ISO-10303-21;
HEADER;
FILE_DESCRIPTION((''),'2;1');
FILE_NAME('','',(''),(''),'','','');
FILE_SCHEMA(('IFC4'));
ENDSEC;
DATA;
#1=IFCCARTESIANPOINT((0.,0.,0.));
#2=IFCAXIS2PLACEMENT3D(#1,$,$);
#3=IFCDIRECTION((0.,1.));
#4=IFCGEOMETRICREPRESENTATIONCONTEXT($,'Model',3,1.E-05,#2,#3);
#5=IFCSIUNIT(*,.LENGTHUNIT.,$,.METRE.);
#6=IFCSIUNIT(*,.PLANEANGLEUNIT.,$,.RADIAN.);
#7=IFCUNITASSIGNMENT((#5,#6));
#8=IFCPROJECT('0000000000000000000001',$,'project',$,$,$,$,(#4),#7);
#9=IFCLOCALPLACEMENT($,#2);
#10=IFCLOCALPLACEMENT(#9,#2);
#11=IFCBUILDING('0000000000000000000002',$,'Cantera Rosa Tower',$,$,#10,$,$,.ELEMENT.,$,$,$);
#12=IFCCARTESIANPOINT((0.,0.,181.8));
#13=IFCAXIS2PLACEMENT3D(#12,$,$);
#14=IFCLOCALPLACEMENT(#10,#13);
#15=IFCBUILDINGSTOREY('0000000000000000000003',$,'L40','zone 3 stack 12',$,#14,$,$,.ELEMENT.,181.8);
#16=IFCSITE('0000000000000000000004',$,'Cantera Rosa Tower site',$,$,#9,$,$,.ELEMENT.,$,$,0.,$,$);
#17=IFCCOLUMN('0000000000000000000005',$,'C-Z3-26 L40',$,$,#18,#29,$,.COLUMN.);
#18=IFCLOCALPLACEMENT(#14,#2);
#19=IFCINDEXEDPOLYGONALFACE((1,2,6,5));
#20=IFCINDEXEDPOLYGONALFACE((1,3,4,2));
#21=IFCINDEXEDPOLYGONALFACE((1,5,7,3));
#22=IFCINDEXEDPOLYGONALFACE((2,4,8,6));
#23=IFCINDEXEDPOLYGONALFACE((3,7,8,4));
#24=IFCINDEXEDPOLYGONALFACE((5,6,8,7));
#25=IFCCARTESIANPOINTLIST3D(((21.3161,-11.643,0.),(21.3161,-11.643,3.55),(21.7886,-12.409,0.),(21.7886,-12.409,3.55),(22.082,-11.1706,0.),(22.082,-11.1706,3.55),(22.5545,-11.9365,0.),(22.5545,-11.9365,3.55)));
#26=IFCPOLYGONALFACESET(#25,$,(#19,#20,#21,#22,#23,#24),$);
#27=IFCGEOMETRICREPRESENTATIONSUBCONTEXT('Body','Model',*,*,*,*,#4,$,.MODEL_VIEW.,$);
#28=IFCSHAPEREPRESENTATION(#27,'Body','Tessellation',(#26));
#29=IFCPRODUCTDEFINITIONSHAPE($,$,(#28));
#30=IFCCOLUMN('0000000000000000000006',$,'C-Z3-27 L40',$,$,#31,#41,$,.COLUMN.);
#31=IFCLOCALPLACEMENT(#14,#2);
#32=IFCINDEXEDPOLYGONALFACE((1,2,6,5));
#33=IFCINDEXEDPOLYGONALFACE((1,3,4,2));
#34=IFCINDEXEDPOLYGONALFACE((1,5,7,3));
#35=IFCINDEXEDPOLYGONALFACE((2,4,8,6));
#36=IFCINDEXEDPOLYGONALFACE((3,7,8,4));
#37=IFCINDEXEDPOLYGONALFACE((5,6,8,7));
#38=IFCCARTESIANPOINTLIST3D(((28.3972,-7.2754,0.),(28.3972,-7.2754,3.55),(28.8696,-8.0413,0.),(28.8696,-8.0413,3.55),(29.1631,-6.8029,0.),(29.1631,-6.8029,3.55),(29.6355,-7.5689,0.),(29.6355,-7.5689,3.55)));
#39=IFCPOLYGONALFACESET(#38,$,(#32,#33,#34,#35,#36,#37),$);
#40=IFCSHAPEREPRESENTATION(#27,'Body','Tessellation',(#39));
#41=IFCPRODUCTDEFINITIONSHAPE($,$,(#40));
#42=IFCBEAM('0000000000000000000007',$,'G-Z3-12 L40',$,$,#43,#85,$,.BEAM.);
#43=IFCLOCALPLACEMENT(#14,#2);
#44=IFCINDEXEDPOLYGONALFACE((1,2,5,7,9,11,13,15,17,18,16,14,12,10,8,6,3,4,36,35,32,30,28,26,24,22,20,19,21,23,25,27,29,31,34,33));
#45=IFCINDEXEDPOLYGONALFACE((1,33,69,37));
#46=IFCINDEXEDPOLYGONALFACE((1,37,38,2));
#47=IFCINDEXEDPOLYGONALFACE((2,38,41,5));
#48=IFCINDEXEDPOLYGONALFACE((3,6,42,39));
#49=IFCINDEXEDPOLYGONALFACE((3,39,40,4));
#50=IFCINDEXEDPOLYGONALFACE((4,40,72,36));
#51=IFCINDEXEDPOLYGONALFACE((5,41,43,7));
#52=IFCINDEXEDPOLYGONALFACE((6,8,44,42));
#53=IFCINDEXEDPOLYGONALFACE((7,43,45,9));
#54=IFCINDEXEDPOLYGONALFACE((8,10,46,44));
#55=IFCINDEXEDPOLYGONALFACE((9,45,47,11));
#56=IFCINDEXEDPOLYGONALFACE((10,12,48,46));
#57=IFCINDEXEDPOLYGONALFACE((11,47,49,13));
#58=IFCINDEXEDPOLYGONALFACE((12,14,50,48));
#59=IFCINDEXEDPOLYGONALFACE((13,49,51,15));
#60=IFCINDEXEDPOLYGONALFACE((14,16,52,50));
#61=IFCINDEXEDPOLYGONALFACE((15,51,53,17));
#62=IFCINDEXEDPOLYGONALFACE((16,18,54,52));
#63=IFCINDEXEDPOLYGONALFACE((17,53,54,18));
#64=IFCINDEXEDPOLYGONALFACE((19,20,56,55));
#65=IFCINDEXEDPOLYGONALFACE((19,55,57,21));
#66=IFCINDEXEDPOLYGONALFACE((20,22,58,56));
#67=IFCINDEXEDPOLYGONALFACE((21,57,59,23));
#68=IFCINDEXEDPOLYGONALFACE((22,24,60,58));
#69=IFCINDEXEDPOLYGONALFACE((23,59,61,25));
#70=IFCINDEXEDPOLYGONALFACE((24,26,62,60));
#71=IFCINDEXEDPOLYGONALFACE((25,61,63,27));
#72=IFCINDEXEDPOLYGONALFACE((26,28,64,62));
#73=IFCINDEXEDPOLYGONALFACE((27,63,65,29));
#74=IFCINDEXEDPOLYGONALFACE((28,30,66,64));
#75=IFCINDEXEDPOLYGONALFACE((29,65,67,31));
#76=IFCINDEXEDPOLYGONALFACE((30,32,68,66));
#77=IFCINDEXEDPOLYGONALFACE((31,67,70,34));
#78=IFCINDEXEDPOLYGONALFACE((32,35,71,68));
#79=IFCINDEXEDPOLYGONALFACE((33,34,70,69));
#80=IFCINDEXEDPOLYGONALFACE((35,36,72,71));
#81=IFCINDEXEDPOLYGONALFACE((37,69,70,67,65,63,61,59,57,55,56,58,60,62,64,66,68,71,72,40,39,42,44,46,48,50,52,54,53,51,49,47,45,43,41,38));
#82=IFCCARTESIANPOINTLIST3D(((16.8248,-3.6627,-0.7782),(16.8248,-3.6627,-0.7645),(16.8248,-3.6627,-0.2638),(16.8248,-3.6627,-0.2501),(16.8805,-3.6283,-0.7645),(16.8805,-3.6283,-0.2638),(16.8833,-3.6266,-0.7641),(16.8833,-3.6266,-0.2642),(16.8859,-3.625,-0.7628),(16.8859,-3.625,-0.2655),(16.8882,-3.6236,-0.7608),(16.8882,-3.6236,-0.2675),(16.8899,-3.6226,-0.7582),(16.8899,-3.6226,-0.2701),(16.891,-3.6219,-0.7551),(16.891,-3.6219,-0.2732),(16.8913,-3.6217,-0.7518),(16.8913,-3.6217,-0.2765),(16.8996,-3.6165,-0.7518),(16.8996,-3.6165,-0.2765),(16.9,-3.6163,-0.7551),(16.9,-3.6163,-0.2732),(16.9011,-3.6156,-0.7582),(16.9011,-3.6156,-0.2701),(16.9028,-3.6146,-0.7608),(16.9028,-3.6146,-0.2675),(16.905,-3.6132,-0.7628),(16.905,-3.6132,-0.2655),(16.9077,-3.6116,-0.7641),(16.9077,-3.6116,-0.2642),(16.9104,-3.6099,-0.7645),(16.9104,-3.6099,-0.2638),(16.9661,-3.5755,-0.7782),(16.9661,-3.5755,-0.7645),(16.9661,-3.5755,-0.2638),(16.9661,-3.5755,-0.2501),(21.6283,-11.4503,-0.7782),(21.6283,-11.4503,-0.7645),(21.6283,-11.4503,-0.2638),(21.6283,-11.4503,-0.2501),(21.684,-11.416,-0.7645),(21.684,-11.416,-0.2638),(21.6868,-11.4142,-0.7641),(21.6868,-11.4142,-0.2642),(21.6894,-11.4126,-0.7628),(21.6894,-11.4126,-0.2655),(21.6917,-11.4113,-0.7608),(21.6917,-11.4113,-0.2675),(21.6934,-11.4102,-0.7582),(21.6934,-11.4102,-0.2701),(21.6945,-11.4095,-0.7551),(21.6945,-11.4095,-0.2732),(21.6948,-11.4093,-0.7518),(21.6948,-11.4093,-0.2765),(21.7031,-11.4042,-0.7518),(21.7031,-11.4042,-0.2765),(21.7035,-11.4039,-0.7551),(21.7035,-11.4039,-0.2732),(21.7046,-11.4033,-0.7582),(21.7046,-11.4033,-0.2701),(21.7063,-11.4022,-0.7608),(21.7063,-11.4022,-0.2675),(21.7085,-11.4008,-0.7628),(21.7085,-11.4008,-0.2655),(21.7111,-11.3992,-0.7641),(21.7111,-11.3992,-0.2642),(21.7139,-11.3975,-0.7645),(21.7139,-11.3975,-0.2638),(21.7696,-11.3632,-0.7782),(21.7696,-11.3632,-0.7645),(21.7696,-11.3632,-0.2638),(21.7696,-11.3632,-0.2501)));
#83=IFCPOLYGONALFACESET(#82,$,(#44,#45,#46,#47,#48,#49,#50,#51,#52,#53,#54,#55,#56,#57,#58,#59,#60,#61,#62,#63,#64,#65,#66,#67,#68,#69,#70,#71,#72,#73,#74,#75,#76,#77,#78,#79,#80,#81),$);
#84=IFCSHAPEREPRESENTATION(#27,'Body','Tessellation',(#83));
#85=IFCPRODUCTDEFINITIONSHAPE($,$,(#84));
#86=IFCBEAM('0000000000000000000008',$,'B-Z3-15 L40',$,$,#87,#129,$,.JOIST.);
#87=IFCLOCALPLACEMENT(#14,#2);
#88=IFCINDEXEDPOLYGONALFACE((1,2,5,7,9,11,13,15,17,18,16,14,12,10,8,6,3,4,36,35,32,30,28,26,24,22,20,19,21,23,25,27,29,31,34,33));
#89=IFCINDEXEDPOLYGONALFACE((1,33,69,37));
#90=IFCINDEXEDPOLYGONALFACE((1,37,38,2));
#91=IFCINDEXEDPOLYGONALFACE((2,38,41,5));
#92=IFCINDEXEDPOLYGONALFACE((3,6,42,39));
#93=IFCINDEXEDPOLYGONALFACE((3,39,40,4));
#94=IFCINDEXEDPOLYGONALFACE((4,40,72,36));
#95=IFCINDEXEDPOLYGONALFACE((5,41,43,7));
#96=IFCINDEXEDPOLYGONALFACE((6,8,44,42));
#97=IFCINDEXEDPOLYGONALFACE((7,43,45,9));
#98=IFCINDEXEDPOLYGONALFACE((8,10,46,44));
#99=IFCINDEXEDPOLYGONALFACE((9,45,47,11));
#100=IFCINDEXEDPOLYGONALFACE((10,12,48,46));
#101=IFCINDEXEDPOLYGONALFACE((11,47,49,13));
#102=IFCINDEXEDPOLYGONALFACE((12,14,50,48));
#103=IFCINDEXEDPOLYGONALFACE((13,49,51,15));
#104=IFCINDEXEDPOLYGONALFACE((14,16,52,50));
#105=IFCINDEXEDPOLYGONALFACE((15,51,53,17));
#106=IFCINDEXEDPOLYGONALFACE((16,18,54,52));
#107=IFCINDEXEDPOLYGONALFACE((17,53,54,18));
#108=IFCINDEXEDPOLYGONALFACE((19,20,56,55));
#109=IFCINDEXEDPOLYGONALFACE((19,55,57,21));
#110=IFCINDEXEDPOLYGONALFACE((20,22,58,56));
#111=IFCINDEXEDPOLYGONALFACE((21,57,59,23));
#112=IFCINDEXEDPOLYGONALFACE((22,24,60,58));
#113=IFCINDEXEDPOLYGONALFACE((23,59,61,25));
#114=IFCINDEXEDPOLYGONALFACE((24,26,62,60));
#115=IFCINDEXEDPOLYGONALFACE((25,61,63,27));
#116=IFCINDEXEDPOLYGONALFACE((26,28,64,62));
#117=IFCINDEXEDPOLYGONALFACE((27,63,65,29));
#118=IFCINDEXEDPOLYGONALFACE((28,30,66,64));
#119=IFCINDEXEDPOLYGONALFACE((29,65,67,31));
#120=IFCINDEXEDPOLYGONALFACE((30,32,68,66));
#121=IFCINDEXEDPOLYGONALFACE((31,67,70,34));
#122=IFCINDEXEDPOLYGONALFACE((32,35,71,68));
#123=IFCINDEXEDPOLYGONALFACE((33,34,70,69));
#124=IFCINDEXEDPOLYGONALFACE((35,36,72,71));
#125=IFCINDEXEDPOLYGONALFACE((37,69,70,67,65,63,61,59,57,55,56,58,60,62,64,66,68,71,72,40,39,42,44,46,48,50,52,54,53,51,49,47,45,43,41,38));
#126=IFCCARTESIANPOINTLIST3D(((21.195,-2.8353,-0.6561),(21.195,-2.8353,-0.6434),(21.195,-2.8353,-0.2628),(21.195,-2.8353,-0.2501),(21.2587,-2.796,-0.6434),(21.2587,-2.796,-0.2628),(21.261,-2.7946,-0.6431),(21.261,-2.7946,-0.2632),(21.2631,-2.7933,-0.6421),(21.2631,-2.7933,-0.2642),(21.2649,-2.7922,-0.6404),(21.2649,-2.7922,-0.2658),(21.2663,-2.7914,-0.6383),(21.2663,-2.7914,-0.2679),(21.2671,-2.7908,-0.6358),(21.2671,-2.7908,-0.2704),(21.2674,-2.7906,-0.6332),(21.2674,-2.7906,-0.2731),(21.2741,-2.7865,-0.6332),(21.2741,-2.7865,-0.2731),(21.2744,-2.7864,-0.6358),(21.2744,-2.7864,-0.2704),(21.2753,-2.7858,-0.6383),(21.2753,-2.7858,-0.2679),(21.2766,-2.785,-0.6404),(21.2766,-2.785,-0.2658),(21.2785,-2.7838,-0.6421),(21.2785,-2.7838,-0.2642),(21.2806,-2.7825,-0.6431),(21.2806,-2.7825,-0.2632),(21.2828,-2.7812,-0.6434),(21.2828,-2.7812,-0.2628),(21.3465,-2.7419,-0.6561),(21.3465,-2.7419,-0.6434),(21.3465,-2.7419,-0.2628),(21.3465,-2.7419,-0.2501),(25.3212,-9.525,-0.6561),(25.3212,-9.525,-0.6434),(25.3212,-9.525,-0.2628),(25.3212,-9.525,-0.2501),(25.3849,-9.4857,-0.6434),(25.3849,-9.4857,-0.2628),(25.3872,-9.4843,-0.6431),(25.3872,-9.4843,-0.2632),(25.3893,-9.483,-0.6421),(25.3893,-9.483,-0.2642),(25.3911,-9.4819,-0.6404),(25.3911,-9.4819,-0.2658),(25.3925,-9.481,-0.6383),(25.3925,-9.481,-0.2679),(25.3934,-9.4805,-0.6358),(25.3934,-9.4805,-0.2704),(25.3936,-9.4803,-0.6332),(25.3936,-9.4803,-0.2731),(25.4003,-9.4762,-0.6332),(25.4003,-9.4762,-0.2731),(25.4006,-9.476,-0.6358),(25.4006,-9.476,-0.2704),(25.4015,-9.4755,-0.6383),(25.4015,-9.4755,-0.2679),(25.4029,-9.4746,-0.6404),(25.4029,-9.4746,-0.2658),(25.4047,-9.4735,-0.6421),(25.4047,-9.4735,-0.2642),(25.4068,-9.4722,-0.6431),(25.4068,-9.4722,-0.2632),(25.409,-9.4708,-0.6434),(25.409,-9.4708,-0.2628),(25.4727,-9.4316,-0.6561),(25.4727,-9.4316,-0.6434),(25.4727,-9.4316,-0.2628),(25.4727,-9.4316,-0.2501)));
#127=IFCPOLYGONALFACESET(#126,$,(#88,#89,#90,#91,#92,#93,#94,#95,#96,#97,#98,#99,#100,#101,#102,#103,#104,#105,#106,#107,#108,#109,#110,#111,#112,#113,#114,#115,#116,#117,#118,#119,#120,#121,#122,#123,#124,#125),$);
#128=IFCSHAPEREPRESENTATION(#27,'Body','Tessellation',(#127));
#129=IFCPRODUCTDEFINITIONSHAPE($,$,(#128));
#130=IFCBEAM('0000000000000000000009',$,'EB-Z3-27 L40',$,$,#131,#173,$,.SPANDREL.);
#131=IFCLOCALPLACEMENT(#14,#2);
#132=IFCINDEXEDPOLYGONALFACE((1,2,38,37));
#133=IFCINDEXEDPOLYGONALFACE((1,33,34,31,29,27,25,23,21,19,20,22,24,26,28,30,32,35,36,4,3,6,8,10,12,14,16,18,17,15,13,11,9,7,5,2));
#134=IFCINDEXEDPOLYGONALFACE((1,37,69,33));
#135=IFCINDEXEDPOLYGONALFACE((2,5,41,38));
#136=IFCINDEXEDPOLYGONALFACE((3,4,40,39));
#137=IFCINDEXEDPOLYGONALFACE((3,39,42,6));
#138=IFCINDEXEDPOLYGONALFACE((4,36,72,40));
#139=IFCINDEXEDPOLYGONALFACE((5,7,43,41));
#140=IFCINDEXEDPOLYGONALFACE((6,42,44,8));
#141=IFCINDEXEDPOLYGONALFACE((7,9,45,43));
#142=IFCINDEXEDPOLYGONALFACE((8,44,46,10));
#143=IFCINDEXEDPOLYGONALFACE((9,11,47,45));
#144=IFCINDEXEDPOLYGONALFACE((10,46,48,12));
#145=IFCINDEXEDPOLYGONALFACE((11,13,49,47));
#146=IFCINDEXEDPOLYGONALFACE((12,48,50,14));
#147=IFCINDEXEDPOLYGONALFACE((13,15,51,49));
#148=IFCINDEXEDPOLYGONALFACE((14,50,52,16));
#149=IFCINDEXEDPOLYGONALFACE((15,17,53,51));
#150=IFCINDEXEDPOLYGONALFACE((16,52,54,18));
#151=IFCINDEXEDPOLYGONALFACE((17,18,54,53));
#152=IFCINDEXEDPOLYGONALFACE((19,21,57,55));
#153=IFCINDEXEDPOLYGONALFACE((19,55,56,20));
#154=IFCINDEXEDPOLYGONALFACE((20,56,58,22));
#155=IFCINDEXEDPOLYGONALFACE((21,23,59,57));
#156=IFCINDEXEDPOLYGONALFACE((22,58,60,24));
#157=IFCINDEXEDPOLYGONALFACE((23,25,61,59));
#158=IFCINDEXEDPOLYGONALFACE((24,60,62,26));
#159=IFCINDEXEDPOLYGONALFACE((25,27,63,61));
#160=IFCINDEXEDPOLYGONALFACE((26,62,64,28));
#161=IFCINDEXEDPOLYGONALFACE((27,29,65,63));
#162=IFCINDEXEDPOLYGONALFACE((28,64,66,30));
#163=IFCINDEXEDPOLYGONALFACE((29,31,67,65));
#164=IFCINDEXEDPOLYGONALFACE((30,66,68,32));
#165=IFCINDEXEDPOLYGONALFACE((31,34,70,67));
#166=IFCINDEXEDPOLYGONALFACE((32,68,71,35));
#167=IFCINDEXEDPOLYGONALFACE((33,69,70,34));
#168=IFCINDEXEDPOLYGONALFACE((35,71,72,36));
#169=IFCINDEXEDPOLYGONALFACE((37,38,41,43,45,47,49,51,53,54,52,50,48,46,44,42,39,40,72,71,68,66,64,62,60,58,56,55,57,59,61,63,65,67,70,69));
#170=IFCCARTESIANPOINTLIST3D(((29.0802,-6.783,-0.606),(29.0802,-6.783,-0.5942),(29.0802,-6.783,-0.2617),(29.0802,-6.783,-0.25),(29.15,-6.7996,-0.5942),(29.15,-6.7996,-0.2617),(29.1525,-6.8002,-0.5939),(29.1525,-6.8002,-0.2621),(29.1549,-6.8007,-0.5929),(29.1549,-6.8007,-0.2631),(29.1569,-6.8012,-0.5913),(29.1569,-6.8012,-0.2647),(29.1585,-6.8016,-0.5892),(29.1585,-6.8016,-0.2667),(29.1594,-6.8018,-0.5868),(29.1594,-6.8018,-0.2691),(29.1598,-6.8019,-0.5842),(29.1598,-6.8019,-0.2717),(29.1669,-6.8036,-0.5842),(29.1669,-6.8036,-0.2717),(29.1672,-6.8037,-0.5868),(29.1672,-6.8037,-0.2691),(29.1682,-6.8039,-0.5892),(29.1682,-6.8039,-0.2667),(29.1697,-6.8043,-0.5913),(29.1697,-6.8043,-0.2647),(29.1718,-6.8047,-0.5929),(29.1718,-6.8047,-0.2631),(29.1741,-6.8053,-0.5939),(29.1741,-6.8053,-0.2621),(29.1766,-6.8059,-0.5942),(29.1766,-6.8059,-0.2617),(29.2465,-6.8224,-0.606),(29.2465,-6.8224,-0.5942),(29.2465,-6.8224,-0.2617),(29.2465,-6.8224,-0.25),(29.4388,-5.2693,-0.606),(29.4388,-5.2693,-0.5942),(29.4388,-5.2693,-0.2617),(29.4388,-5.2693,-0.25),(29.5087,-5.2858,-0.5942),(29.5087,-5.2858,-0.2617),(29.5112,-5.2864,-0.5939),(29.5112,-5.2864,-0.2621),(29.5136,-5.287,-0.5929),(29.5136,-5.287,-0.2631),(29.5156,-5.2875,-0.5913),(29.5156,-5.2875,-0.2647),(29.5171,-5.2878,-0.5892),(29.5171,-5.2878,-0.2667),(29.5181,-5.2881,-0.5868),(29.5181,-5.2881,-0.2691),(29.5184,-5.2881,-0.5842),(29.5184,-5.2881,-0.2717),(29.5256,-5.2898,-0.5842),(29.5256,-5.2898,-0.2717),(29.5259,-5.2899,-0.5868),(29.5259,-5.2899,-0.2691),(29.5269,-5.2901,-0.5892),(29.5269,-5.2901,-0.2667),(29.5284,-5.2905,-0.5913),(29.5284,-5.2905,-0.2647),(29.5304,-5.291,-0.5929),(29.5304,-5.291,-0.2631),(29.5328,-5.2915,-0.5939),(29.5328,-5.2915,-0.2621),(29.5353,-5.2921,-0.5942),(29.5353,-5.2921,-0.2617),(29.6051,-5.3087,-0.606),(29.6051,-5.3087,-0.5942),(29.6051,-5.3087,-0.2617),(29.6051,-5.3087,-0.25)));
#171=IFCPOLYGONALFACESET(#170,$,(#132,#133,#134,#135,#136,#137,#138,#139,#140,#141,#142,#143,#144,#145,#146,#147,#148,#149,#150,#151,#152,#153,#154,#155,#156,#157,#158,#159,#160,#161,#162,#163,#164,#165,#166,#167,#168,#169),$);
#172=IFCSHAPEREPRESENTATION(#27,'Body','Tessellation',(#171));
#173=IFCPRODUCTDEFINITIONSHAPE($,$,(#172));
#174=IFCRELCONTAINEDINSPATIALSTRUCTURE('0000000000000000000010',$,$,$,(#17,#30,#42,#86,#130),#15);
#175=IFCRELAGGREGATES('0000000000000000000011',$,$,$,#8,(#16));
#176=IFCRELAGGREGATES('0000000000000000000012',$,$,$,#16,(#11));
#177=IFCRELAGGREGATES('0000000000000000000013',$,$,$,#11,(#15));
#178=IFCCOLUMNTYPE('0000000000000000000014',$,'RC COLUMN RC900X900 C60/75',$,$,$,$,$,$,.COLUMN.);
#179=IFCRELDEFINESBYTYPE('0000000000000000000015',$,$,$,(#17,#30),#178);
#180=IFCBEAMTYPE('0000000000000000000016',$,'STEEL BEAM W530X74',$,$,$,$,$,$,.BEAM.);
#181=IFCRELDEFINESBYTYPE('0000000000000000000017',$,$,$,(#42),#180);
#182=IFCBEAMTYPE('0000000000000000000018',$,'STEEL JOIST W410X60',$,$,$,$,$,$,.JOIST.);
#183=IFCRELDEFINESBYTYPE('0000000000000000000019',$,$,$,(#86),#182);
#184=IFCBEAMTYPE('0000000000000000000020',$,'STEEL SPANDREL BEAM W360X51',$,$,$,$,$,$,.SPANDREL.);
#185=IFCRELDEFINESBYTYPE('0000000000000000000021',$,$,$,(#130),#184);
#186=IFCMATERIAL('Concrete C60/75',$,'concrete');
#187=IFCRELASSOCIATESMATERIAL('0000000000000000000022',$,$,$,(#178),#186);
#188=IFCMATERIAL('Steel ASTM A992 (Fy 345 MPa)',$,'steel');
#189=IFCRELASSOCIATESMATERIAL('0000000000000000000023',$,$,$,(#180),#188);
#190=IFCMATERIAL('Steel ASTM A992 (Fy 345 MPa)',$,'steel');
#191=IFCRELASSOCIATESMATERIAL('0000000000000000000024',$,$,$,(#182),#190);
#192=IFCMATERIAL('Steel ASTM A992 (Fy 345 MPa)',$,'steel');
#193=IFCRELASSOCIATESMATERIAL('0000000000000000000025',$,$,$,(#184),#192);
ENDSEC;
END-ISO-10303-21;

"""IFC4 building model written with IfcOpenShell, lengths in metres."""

from ifc_helpers import new_model, si_unit, direction, frame, origin, origin_2d, place, context, subcontext, project, spatial, rectangle, i_section, extrude, material, material_profile, profile_set, type_object, element, save


model = new_model("IFC4")

# Units and contexts
model_context = context("Model", 3, precision=1e-05, world=origin(), true_north=direction((0.0, 1.0)))
body_context = subcontext(model_context, "Body", "Model", "MODEL_VIEW")
ifc_project = project(units=[si_unit("LENGTHUNIT", "METRE"), si_unit("PLANEANGLEUNIT", "RADIAN")], contexts=[model_context])

# Site, building, storey
site_placement = place(None, origin())
site = spatial("IfcSite", under=ifc_project, at=site_placement, Name="Cantera Rosa Tower site", CompositionType="ELEMENT", RefElevation=0.0)
building_placement = place(site_placement, origin())
building = spatial("IfcBuilding", under=site, at=building_placement, Name="Cantera Rosa Tower", CompositionType="ELEMENT")
storey_placement = place(building_placement, frame((0.0, 0.0, 181.8)))
storey = spatial("IfcBuildingStorey", under=building, at=storey_placement, Name="L40", Description="zone 3 stack 12", CompositionType="ELEMENT", Elevation=181.8)

# Columns
ifc_material_1 = material(Name="Concrete C60/75", Category="concrete")
ifc_material_profile_1 = material_profile(ifc_material_1, rectangle(XDim=0.8999, YDim=0.8999, at=origin_2d()), Name="RC COLUMN RC900X900 C60/75")
ifc_profile_set_1 = profile_set([ifc_material_profile_1], Name="Concrete C60/75")
column_type = type_object("IfcColumnType", Name="RC COLUMN RC900X900 C60/75", PredefinedType="COLUMN", material=ifc_profile_set_1)
for number, where, z_axis, x_axis, name in (
    (1, (21.9353, -11.7898, 0.0), (0.0, 0.0, 1.0), (0.851117, 0.524977, 0.0), "C-Z3-26 L40"),
    (2, (29.0164, -7.4221, 0.0), (0.0, 0.0, 1.0), (0.851117, 0.524977, 0.0), "C-Z3-27 L40"),
):
    element("IfcColumn", number, at=place(storey_placement, frame(where, z_axis=z_axis, x_axis=x_axis)), inside=storey, type_object=column_type, Name=name, PredefinedType="COLUMN", context=body_context, shape_type="SweptSolid", body=[
        extrude(rectangle(XDim=0.8999, YDim=0.8999, at=origin_2d()), origin(), (0.0, 0.0, 1.0), 3.55),
    ])

# Beams
ifc_material_2 = material(Name="Steel ASTM A992 (Fy 345 MPa)", Category="steel")
ifc_material_profile_2 = material_profile(ifc_material_2, i_section(OverallWidth=0.166, OverallDepth=0.5281, WebThickness=0.0098, FlangeThickness=0.0137, FilletRadius=0.0127, at=origin_2d()), Name="W530X74")
ifc_profile_set_2 = profile_set([ifc_material_profile_2], Name="Steel ASTM A992 (Fy 345 MPa)")
beam_type_1 = type_object("IfcBeamType", Name="STEEL BEAM W530X74", PredefinedType="BEAM", material=ifc_profile_set_2)
beam_1_placement = place(storey_placement, frame((21.699, -11.4067, -0.5142), z_axis=(-0.524977, 0.851116, 0.0), x_axis=(-0.851116, -0.524977, 0.0)))
element("IfcBeam", 3, at=beam_1_placement, inside=storey, type_object=beam_type_1, Name="G-Z3-12 L40", PredefinedType="BEAM", context=body_context, shape_type="SweptSolid", body=[
    extrude(i_section(OverallWidth=0.166, OverallDepth=0.5281, WebThickness=0.0098, FlangeThickness=0.0137, FilletRadius=0.0127, at=origin_2d()), origin(), (0.0, 0.0, 1.0), 9.1499),
])
ifc_material_3 = material(Name="Steel ASTM A992 (Fy 345 MPa)", Category="steel")
ifc_material_profile_3 = material_profile(ifc_material_3, i_section(OverallWidth=0.178, OverallDepth=0.406, WebThickness=0.0078, FlangeThickness=0.0127, FilletRadius=0.0103, at=origin_2d()), Name="W410X60")
ifc_profile_set_3 = profile_set([ifc_material_profile_3], Name="Steel ASTM A992 (Fy 345 MPa)")
beam_type_2 = type_object("IfcBeamType", Name="STEEL JOIST W410X60", PredefinedType="JOIST", material=ifc_profile_set_3)
beam_2_placement = place(storey_placement, frame((25.397, -9.4783, -0.4531), z_axis=(-0.524972, 0.851119, 0.0), x_axis=(-0.851119, -0.524972, 0.0)))
element("IfcBeam", 4, at=beam_2_placement, inside=storey, type_object=beam_type_2, Name="B-Z3-15 L40", PredefinedType="JOIST", context=body_context, shape_type="SweptSolid", body=[
    extrude(i_section(OverallWidth=0.178, OverallDepth=0.406, WebThickness=0.0078, FlangeThickness=0.0127, FilletRadius=0.0103, at=origin_2d()), origin(), (0.0, 0.0, 1.0), 7.8599),
])
ifc_material_4 = material(Name="Steel ASTM A992 (Fy 345 MPa)", Category="steel")
ifc_material_profile_4 = material_profile(ifc_material_4, i_section(OverallWidth=0.1709, OverallDepth=0.356, WebThickness=0.0073, FlangeThickness=0.0117, FilletRadius=0.01, at=origin_2d()), Name="W360X51")
ifc_profile_set_4 = profile_set([ifc_material_profile_4], Name="Steel ASTM A992 (Fy 345 MPa)")
beam_type_3 = type_object("IfcBeamType", Name="STEEL SPANDREL BEAM W360X51", PredefinedType="SPANDREL", material=ifc_profile_set_4)
beam_3_placement = place(storey_placement, frame((29.1633, -6.8027, -0.428), z_axis=(0.230552, 0.97306, 0.0), x_axis=(-0.97306, 0.230552, 0.0)))
element("IfcBeam", 5, at=beam_3_placement, inside=storey, type_object=beam_type_3, Name="EB-Z3-27 L40", PredefinedType="SPANDREL", context=body_context, shape_type="SweptSolid", body=[
    extrude(i_section(OverallWidth=0.1709, OverallDepth=0.356, WebThickness=0.0073, FlangeThickness=0.0117, FilletRadius=0.01, at=origin_2d()), origin(), (0.0, 0.0, 1.0), 1.5557),
])

save(model, "model.ifc")
